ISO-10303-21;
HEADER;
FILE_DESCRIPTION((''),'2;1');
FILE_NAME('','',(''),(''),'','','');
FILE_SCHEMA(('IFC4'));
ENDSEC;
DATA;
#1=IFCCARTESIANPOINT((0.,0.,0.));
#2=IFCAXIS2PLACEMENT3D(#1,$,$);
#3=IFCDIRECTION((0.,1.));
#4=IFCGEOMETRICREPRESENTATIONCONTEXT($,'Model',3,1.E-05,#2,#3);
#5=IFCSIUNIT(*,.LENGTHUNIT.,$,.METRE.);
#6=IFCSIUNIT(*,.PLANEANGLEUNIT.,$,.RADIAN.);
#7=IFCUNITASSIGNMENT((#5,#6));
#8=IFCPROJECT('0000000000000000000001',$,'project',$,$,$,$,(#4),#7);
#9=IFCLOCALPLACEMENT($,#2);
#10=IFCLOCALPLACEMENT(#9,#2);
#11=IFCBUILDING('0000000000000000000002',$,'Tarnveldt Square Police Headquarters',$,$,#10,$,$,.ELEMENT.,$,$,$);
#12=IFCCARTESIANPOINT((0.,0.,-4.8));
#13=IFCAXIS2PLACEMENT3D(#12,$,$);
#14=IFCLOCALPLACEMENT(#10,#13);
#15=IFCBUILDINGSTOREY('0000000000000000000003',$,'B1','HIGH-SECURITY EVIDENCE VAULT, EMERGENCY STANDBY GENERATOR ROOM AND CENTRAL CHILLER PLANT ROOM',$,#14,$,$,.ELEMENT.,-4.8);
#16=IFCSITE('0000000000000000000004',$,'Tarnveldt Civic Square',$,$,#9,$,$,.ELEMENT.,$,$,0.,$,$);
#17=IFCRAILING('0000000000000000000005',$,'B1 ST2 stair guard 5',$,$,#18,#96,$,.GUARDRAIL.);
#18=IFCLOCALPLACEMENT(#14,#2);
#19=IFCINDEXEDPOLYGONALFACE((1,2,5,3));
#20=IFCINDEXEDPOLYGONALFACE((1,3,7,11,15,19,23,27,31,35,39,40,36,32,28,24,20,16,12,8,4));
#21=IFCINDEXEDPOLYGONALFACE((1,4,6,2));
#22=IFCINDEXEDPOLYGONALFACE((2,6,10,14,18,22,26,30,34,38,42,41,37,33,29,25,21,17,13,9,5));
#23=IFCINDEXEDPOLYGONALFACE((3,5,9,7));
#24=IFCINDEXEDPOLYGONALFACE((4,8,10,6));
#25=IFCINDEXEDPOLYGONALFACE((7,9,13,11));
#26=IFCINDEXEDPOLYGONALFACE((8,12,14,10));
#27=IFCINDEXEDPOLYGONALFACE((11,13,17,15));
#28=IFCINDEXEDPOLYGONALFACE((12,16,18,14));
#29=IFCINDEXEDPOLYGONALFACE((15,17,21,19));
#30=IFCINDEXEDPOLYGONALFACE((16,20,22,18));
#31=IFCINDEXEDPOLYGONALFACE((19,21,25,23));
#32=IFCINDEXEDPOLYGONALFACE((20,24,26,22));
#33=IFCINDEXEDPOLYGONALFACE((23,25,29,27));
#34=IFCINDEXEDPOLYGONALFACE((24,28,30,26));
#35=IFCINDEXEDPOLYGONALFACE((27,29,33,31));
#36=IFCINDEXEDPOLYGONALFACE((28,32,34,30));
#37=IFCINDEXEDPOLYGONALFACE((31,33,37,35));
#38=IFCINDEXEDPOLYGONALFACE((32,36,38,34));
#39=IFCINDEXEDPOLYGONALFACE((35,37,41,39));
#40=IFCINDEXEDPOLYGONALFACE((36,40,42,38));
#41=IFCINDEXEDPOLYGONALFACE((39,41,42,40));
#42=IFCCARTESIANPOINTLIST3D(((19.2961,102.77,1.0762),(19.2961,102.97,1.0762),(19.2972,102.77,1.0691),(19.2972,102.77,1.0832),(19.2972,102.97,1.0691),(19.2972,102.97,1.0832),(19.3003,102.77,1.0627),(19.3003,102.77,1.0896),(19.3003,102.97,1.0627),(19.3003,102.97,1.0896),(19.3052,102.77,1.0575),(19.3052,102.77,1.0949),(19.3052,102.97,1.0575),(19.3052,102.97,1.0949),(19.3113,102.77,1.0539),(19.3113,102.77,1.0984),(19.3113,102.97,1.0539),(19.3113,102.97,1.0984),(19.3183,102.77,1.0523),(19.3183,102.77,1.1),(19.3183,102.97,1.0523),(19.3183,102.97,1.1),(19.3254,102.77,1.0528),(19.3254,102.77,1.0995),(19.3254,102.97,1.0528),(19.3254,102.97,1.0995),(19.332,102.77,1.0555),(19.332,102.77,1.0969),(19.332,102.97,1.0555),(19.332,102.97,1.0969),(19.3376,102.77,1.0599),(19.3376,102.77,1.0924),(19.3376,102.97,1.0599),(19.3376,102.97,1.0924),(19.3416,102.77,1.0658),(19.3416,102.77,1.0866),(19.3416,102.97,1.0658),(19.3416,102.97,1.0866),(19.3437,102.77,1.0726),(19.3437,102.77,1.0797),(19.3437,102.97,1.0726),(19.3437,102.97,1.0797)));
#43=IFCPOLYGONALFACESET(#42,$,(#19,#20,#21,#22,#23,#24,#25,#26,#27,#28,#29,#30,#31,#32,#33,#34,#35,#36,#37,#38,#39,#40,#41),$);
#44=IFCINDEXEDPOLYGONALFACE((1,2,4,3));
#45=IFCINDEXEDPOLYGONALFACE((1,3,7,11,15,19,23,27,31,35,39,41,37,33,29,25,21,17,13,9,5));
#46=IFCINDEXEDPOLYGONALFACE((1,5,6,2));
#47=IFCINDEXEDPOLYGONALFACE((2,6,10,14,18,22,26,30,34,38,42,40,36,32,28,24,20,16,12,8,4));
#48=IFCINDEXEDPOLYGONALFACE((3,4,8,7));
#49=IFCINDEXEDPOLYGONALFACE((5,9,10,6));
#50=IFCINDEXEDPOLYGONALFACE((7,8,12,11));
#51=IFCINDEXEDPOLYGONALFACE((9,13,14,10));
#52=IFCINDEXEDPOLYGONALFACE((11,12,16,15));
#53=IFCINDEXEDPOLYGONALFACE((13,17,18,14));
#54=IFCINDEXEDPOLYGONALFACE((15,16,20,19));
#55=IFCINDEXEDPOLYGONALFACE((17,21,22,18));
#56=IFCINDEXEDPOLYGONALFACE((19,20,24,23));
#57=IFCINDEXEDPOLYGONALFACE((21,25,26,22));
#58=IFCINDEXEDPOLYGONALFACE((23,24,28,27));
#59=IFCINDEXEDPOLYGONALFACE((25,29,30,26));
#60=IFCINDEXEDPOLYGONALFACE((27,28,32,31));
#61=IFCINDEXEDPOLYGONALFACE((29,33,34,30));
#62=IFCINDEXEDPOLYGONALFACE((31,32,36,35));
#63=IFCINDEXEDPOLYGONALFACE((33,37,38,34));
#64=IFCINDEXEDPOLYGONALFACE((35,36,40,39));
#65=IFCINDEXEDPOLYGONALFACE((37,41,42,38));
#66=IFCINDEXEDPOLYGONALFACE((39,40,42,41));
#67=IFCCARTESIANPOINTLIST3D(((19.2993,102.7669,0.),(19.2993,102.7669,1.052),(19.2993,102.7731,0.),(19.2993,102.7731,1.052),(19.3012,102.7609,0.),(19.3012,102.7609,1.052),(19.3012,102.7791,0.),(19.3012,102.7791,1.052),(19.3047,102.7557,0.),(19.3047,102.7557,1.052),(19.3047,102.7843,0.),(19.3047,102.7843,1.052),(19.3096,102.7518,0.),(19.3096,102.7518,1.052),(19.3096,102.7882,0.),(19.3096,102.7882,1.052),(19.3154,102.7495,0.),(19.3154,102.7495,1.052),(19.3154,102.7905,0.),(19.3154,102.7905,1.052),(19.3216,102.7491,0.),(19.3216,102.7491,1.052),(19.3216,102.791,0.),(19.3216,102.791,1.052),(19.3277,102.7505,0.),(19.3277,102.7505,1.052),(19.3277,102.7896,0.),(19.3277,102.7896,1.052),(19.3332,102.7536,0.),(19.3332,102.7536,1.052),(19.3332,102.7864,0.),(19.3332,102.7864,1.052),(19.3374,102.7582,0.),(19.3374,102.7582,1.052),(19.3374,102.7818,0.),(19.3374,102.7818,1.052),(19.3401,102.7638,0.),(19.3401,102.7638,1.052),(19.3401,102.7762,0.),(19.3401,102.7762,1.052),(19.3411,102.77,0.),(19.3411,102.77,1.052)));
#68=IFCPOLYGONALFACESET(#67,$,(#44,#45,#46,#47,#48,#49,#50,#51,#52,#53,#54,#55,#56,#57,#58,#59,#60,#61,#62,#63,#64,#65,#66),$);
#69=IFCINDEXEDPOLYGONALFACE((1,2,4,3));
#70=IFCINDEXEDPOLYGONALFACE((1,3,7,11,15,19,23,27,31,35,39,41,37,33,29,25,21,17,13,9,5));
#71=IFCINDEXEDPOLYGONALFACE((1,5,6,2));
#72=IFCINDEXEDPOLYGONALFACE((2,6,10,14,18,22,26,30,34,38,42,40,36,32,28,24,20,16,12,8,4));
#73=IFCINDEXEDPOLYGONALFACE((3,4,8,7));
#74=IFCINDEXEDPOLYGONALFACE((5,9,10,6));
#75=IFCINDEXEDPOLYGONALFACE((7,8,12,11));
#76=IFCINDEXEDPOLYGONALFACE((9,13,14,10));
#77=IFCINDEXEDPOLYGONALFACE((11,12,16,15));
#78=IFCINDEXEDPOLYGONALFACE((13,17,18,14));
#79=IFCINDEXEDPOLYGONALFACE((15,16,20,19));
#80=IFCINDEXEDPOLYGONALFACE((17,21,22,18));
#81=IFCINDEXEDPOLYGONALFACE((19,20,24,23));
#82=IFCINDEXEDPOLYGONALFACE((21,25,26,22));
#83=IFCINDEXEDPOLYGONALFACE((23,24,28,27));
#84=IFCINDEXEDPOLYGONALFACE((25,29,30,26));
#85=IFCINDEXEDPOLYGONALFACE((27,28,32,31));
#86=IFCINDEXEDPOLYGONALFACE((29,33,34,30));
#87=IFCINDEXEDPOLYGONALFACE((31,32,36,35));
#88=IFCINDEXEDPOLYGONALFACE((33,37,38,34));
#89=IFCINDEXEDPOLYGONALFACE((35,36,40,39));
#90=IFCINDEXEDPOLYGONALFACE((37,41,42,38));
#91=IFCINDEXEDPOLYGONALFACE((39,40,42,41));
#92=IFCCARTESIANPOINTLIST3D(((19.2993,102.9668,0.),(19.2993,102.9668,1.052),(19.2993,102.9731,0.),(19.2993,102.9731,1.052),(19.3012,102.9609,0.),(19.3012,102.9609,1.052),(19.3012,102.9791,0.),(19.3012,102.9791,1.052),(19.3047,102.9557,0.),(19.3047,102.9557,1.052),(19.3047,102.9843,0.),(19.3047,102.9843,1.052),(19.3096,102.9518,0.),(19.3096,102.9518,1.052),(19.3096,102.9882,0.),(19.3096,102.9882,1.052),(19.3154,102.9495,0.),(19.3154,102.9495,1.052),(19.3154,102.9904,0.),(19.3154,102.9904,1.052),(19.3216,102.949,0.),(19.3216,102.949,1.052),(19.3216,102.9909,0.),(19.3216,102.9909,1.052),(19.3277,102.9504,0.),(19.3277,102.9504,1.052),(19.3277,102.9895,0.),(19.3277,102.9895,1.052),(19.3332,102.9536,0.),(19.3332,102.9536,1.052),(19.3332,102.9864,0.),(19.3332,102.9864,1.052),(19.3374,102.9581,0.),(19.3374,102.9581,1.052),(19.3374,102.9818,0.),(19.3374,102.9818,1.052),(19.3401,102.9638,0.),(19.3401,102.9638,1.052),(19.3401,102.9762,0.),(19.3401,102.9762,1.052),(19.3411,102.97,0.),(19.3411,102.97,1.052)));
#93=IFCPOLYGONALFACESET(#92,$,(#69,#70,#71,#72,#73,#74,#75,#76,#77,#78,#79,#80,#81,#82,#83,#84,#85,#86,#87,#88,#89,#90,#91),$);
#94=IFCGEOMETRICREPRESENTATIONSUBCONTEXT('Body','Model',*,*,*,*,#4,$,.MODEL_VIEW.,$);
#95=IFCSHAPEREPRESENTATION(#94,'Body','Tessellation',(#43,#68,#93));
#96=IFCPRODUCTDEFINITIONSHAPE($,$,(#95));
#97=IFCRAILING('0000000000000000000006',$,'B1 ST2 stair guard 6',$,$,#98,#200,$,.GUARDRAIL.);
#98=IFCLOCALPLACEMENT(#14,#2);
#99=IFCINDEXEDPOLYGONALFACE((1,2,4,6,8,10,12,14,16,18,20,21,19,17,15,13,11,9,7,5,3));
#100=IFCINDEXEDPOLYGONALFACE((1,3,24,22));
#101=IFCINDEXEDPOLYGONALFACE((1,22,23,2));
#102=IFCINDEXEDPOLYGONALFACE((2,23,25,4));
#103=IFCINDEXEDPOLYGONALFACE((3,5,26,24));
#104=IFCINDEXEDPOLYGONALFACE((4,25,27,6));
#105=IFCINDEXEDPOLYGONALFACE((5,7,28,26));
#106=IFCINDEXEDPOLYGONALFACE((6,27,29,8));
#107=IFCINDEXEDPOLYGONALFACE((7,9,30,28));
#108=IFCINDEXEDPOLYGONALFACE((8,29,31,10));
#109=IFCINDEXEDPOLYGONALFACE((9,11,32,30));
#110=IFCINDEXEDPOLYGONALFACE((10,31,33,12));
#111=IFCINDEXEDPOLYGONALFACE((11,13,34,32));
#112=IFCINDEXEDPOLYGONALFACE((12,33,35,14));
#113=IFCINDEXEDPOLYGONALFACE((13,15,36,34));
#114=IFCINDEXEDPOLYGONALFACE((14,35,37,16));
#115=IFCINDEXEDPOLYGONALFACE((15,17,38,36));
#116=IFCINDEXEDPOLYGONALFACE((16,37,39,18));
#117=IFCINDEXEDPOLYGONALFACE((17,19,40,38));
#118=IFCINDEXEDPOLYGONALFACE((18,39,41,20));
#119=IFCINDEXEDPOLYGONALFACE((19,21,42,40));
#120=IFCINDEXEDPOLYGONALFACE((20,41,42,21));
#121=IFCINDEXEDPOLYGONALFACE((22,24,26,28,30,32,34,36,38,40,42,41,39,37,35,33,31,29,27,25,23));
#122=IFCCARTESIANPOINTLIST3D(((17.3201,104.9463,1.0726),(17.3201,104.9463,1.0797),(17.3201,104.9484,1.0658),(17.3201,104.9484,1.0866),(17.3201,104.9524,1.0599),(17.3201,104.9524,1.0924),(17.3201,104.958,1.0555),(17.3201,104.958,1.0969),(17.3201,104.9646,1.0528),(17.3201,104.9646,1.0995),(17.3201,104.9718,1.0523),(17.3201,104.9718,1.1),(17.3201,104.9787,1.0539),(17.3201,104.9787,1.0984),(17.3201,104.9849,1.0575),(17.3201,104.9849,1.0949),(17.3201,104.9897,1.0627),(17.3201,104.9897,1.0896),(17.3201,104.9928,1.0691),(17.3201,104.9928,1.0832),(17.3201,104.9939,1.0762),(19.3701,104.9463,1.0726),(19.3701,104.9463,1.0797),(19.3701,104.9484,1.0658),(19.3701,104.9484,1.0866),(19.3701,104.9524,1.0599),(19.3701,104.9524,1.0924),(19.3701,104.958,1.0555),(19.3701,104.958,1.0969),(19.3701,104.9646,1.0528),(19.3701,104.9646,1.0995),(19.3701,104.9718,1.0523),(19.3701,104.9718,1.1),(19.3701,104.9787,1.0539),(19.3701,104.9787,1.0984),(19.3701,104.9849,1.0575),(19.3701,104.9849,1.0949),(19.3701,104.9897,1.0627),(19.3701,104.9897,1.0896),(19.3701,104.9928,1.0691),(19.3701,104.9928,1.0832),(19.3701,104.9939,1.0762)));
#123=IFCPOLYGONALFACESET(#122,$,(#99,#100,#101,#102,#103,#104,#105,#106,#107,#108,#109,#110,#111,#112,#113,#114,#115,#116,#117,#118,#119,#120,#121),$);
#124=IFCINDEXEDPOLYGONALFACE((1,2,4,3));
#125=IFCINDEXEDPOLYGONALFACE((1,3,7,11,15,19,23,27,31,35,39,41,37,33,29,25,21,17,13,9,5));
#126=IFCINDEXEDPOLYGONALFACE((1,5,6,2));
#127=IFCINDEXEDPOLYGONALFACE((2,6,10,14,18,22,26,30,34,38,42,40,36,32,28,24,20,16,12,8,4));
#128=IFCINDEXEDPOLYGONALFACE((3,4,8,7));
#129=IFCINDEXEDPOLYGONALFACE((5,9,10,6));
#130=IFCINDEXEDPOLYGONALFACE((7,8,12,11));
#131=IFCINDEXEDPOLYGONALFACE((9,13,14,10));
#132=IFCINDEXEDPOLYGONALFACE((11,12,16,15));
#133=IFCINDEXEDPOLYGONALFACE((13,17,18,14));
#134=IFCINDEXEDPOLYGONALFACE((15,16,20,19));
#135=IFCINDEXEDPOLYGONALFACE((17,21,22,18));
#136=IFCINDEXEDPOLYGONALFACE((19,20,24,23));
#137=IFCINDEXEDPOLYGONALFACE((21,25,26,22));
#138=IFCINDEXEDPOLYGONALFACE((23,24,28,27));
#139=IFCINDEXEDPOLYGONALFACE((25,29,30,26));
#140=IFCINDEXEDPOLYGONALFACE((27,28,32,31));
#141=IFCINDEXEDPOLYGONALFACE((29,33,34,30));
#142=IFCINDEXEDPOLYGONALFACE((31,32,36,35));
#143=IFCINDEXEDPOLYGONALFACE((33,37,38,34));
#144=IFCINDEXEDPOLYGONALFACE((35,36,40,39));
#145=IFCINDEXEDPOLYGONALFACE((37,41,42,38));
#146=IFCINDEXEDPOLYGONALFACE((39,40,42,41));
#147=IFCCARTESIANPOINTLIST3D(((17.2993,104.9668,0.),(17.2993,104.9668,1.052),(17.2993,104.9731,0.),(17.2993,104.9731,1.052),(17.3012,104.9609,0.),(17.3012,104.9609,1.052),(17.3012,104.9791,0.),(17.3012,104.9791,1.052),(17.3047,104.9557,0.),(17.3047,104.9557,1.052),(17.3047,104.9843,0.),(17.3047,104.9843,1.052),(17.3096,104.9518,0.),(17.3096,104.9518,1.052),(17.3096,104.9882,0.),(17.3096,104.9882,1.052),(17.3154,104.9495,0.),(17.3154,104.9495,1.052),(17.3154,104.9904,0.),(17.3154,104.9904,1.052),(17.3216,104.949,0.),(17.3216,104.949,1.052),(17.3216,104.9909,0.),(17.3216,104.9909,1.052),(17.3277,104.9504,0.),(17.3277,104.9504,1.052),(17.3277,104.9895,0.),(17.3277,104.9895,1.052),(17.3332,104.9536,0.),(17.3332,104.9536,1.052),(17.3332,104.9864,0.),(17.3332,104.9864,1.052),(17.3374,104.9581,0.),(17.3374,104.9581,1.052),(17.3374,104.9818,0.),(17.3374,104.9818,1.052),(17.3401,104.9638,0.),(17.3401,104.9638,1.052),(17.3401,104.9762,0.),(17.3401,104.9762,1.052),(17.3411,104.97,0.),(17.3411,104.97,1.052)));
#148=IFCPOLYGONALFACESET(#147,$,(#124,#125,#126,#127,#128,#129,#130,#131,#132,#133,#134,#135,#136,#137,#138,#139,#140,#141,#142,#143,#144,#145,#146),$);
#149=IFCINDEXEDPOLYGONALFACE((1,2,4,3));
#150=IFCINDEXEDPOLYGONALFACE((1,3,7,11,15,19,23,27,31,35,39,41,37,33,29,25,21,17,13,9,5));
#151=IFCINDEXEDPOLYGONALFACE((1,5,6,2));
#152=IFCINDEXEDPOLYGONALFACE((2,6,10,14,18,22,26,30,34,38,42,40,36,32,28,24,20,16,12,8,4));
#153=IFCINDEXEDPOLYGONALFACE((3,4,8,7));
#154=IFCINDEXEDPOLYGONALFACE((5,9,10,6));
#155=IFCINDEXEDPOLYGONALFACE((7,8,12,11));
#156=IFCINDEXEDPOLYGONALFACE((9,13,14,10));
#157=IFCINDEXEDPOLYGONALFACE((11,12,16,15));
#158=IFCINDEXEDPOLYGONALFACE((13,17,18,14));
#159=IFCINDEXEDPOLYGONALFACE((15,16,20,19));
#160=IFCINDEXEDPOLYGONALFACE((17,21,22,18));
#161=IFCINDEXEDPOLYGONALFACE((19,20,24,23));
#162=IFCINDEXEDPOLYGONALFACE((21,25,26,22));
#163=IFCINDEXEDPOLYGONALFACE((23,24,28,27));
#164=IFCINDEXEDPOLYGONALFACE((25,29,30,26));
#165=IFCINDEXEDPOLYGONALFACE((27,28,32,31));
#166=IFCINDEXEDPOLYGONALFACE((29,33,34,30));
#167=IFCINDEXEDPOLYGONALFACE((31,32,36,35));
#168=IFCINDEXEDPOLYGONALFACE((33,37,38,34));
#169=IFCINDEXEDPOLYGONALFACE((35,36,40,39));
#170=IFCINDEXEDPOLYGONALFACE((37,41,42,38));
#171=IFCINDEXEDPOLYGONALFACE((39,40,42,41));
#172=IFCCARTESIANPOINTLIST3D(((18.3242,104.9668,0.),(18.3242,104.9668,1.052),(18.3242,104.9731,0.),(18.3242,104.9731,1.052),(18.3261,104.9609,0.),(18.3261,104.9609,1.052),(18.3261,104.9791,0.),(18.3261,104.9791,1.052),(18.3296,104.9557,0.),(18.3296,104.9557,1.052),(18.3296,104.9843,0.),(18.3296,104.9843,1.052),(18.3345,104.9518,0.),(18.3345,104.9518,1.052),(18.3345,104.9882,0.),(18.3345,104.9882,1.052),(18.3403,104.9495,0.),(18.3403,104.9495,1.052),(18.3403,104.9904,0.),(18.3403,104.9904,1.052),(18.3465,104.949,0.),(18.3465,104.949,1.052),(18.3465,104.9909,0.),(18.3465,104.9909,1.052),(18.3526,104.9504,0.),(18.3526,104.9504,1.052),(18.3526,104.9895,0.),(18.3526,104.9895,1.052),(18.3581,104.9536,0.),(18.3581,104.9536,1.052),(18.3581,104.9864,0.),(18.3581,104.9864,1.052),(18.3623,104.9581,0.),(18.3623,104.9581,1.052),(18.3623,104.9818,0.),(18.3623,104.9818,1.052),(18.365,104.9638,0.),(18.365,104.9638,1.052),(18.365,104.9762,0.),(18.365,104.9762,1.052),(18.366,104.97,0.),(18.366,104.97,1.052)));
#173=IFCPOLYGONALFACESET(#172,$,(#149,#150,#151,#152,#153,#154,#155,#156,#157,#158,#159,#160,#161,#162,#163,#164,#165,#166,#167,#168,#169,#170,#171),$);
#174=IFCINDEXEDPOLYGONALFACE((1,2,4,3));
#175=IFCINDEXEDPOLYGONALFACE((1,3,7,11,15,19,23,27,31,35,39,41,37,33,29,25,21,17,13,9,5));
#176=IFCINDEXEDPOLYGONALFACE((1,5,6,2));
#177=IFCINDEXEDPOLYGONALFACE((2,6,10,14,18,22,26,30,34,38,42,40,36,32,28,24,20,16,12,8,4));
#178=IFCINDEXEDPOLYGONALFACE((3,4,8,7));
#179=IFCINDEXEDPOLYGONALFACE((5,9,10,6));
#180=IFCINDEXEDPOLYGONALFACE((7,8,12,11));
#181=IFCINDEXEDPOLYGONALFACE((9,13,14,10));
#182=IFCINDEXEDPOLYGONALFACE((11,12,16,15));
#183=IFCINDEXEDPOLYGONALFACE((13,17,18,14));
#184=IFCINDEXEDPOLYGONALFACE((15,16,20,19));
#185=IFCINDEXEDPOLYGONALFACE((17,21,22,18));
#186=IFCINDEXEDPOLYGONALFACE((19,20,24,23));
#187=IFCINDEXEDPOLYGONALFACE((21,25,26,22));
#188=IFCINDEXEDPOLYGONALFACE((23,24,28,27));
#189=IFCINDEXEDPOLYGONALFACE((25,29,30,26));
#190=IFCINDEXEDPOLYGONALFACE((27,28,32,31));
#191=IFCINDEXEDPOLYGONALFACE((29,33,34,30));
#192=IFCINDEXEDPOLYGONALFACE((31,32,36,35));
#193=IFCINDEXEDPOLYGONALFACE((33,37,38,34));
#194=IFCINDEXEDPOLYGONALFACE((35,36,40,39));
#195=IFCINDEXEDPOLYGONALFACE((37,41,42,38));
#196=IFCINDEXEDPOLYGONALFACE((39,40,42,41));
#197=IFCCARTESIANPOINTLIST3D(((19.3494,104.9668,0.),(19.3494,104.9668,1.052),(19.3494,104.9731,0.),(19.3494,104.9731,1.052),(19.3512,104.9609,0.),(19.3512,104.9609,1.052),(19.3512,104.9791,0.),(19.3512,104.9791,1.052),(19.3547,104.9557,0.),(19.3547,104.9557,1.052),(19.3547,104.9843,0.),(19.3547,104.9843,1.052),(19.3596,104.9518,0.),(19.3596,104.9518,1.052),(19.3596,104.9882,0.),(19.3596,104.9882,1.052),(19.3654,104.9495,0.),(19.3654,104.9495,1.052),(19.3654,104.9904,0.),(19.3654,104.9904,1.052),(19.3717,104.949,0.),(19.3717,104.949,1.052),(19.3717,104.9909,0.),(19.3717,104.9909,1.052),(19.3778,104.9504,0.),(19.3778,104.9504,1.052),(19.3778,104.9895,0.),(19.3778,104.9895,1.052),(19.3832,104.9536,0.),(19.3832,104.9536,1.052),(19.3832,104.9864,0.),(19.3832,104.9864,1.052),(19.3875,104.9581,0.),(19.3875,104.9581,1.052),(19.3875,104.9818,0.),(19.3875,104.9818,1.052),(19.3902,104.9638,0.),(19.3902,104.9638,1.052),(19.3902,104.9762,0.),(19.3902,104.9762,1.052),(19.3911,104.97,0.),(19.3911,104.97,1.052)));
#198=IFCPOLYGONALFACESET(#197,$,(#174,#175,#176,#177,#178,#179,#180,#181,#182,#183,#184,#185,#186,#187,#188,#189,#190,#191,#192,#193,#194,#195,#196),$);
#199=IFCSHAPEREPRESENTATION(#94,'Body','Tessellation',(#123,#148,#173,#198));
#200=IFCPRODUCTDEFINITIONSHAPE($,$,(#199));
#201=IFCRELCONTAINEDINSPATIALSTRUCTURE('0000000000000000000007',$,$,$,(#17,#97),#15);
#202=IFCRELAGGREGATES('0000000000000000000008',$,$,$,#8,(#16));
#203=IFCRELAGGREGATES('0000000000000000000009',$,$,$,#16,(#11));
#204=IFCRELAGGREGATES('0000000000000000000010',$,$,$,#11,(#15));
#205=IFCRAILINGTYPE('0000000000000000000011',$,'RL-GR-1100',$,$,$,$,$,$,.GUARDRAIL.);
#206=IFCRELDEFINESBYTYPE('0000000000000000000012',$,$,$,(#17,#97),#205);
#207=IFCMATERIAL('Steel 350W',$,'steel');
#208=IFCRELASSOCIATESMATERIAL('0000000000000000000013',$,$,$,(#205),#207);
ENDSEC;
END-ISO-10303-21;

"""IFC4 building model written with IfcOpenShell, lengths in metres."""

from ifc_helpers import new_model, si_unit, direction, frame, origin, origin_2d, place, context, subcontext, project, spatial, circle, extrude, material, type_object, element, save


model = new_model("IFC4")

# Units and contexts
model_context = context("Model", 3, precision=1e-05, world=origin(), true_north=direction((0.0, 1.0)))
body_context = subcontext(model_context, "Body", "Model", "MODEL_VIEW")
ifc_project = project(units=[si_unit("LENGTHUNIT", "METRE"), si_unit("PLANEANGLEUNIT", "RADIAN")], contexts=[model_context])

# Site, building, storey
site_placement = place(None, origin())
site = spatial("IfcSite", under=ifc_project, at=site_placement, Name="Tarnveldt Civic Square", CompositionType="ELEMENT", RefElevation=0.0)
building_placement = place(site_placement, origin())
building = spatial("IfcBuilding", under=site, at=building_placement, Name="Tarnveldt Square Police Headquarters", CompositionType="ELEMENT")
storey_placement = place(building_placement, frame((0.0, 0.0, -4.8)))
storey = spatial("IfcBuildingStorey", under=building, at=storey_placement, Name="B1", Description="HIGH-SECURITY EVIDENCE VAULT, EMERGENCY STANDBY GENERATOR ROOM AND CENTRAL CHILLER PLANT ROOM", CompositionType="ELEMENT", Elevation=-4.8)

# Railings
ifc_material_1 = material(Name="Steel 350W", Category="steel")
railing_type_1 = type_object("IfcRailingType", Name="RL-GR-1100", PredefinedType="GUARDRAIL", material=ifc_material_1)
railing_1_placement = place(storey_placement, frame((19.3201, 102.77, 0.0)))
element("IfcRailing", 1, at=railing_1_placement, inside=storey, type_object=railing_type_1, Name="B1 ST2 stair guard 5", PredefinedType="GUARDRAIL", context=body_context, shape_type="SweptSolid", body=[
    extrude(circle(Radius=0.0239, at=origin_2d()), frame((0.0, 0.0, 1.0762), z_axis=(0.0, 1.0, 0.0), x_axis=(-1.0, 0.0, 0.0)), (0.0, 0.0, 1.0), 0.2),
    extrude(circle(Radius=0.021, at=origin_2d()), origin(), (0.0, 0.0, 1.0), 1.052),
    extrude(circle(Radius=0.021, at=origin_2d()), frame((0.0, 0.2, 0.0)), (0.0, 0.0, 1.0), 1.052),
])
railing_2_placement = place(storey_placement, frame((17.3201, 104.97, 0.0)))
element("IfcRailing", 2, at=railing_2_placement, inside=storey, type_object=railing_type_1, Name="B1 ST2 stair guard 6", PredefinedType="GUARDRAIL", context=body_context, shape_type="SweptSolid", body=[
    extrude(circle(Radius=0.0239, at=origin_2d()), frame((0.0, 0.0, 1.0762), z_axis=(1.0, 0.0, 0.0), x_axis=(0.0, 1.0, 0.0)), (0.0, 0.0, 1.0), 2.05),
    extrude(circle(Radius=0.021, at=origin_2d()), origin(), (0.0, 0.0, 1.0), 1.052),
    extrude(circle(Radius=0.021, at=origin_2d()), frame((1.0249, 0.0, 0.0)), (0.0, 0.0, 1.0), 1.052),
    extrude(circle(Radius=0.021, at=origin_2d()), frame((2.05, 0.0, 0.0)), (0.0, 0.0, 1.0), 1.052),
])

save(model, "model.ifc")
